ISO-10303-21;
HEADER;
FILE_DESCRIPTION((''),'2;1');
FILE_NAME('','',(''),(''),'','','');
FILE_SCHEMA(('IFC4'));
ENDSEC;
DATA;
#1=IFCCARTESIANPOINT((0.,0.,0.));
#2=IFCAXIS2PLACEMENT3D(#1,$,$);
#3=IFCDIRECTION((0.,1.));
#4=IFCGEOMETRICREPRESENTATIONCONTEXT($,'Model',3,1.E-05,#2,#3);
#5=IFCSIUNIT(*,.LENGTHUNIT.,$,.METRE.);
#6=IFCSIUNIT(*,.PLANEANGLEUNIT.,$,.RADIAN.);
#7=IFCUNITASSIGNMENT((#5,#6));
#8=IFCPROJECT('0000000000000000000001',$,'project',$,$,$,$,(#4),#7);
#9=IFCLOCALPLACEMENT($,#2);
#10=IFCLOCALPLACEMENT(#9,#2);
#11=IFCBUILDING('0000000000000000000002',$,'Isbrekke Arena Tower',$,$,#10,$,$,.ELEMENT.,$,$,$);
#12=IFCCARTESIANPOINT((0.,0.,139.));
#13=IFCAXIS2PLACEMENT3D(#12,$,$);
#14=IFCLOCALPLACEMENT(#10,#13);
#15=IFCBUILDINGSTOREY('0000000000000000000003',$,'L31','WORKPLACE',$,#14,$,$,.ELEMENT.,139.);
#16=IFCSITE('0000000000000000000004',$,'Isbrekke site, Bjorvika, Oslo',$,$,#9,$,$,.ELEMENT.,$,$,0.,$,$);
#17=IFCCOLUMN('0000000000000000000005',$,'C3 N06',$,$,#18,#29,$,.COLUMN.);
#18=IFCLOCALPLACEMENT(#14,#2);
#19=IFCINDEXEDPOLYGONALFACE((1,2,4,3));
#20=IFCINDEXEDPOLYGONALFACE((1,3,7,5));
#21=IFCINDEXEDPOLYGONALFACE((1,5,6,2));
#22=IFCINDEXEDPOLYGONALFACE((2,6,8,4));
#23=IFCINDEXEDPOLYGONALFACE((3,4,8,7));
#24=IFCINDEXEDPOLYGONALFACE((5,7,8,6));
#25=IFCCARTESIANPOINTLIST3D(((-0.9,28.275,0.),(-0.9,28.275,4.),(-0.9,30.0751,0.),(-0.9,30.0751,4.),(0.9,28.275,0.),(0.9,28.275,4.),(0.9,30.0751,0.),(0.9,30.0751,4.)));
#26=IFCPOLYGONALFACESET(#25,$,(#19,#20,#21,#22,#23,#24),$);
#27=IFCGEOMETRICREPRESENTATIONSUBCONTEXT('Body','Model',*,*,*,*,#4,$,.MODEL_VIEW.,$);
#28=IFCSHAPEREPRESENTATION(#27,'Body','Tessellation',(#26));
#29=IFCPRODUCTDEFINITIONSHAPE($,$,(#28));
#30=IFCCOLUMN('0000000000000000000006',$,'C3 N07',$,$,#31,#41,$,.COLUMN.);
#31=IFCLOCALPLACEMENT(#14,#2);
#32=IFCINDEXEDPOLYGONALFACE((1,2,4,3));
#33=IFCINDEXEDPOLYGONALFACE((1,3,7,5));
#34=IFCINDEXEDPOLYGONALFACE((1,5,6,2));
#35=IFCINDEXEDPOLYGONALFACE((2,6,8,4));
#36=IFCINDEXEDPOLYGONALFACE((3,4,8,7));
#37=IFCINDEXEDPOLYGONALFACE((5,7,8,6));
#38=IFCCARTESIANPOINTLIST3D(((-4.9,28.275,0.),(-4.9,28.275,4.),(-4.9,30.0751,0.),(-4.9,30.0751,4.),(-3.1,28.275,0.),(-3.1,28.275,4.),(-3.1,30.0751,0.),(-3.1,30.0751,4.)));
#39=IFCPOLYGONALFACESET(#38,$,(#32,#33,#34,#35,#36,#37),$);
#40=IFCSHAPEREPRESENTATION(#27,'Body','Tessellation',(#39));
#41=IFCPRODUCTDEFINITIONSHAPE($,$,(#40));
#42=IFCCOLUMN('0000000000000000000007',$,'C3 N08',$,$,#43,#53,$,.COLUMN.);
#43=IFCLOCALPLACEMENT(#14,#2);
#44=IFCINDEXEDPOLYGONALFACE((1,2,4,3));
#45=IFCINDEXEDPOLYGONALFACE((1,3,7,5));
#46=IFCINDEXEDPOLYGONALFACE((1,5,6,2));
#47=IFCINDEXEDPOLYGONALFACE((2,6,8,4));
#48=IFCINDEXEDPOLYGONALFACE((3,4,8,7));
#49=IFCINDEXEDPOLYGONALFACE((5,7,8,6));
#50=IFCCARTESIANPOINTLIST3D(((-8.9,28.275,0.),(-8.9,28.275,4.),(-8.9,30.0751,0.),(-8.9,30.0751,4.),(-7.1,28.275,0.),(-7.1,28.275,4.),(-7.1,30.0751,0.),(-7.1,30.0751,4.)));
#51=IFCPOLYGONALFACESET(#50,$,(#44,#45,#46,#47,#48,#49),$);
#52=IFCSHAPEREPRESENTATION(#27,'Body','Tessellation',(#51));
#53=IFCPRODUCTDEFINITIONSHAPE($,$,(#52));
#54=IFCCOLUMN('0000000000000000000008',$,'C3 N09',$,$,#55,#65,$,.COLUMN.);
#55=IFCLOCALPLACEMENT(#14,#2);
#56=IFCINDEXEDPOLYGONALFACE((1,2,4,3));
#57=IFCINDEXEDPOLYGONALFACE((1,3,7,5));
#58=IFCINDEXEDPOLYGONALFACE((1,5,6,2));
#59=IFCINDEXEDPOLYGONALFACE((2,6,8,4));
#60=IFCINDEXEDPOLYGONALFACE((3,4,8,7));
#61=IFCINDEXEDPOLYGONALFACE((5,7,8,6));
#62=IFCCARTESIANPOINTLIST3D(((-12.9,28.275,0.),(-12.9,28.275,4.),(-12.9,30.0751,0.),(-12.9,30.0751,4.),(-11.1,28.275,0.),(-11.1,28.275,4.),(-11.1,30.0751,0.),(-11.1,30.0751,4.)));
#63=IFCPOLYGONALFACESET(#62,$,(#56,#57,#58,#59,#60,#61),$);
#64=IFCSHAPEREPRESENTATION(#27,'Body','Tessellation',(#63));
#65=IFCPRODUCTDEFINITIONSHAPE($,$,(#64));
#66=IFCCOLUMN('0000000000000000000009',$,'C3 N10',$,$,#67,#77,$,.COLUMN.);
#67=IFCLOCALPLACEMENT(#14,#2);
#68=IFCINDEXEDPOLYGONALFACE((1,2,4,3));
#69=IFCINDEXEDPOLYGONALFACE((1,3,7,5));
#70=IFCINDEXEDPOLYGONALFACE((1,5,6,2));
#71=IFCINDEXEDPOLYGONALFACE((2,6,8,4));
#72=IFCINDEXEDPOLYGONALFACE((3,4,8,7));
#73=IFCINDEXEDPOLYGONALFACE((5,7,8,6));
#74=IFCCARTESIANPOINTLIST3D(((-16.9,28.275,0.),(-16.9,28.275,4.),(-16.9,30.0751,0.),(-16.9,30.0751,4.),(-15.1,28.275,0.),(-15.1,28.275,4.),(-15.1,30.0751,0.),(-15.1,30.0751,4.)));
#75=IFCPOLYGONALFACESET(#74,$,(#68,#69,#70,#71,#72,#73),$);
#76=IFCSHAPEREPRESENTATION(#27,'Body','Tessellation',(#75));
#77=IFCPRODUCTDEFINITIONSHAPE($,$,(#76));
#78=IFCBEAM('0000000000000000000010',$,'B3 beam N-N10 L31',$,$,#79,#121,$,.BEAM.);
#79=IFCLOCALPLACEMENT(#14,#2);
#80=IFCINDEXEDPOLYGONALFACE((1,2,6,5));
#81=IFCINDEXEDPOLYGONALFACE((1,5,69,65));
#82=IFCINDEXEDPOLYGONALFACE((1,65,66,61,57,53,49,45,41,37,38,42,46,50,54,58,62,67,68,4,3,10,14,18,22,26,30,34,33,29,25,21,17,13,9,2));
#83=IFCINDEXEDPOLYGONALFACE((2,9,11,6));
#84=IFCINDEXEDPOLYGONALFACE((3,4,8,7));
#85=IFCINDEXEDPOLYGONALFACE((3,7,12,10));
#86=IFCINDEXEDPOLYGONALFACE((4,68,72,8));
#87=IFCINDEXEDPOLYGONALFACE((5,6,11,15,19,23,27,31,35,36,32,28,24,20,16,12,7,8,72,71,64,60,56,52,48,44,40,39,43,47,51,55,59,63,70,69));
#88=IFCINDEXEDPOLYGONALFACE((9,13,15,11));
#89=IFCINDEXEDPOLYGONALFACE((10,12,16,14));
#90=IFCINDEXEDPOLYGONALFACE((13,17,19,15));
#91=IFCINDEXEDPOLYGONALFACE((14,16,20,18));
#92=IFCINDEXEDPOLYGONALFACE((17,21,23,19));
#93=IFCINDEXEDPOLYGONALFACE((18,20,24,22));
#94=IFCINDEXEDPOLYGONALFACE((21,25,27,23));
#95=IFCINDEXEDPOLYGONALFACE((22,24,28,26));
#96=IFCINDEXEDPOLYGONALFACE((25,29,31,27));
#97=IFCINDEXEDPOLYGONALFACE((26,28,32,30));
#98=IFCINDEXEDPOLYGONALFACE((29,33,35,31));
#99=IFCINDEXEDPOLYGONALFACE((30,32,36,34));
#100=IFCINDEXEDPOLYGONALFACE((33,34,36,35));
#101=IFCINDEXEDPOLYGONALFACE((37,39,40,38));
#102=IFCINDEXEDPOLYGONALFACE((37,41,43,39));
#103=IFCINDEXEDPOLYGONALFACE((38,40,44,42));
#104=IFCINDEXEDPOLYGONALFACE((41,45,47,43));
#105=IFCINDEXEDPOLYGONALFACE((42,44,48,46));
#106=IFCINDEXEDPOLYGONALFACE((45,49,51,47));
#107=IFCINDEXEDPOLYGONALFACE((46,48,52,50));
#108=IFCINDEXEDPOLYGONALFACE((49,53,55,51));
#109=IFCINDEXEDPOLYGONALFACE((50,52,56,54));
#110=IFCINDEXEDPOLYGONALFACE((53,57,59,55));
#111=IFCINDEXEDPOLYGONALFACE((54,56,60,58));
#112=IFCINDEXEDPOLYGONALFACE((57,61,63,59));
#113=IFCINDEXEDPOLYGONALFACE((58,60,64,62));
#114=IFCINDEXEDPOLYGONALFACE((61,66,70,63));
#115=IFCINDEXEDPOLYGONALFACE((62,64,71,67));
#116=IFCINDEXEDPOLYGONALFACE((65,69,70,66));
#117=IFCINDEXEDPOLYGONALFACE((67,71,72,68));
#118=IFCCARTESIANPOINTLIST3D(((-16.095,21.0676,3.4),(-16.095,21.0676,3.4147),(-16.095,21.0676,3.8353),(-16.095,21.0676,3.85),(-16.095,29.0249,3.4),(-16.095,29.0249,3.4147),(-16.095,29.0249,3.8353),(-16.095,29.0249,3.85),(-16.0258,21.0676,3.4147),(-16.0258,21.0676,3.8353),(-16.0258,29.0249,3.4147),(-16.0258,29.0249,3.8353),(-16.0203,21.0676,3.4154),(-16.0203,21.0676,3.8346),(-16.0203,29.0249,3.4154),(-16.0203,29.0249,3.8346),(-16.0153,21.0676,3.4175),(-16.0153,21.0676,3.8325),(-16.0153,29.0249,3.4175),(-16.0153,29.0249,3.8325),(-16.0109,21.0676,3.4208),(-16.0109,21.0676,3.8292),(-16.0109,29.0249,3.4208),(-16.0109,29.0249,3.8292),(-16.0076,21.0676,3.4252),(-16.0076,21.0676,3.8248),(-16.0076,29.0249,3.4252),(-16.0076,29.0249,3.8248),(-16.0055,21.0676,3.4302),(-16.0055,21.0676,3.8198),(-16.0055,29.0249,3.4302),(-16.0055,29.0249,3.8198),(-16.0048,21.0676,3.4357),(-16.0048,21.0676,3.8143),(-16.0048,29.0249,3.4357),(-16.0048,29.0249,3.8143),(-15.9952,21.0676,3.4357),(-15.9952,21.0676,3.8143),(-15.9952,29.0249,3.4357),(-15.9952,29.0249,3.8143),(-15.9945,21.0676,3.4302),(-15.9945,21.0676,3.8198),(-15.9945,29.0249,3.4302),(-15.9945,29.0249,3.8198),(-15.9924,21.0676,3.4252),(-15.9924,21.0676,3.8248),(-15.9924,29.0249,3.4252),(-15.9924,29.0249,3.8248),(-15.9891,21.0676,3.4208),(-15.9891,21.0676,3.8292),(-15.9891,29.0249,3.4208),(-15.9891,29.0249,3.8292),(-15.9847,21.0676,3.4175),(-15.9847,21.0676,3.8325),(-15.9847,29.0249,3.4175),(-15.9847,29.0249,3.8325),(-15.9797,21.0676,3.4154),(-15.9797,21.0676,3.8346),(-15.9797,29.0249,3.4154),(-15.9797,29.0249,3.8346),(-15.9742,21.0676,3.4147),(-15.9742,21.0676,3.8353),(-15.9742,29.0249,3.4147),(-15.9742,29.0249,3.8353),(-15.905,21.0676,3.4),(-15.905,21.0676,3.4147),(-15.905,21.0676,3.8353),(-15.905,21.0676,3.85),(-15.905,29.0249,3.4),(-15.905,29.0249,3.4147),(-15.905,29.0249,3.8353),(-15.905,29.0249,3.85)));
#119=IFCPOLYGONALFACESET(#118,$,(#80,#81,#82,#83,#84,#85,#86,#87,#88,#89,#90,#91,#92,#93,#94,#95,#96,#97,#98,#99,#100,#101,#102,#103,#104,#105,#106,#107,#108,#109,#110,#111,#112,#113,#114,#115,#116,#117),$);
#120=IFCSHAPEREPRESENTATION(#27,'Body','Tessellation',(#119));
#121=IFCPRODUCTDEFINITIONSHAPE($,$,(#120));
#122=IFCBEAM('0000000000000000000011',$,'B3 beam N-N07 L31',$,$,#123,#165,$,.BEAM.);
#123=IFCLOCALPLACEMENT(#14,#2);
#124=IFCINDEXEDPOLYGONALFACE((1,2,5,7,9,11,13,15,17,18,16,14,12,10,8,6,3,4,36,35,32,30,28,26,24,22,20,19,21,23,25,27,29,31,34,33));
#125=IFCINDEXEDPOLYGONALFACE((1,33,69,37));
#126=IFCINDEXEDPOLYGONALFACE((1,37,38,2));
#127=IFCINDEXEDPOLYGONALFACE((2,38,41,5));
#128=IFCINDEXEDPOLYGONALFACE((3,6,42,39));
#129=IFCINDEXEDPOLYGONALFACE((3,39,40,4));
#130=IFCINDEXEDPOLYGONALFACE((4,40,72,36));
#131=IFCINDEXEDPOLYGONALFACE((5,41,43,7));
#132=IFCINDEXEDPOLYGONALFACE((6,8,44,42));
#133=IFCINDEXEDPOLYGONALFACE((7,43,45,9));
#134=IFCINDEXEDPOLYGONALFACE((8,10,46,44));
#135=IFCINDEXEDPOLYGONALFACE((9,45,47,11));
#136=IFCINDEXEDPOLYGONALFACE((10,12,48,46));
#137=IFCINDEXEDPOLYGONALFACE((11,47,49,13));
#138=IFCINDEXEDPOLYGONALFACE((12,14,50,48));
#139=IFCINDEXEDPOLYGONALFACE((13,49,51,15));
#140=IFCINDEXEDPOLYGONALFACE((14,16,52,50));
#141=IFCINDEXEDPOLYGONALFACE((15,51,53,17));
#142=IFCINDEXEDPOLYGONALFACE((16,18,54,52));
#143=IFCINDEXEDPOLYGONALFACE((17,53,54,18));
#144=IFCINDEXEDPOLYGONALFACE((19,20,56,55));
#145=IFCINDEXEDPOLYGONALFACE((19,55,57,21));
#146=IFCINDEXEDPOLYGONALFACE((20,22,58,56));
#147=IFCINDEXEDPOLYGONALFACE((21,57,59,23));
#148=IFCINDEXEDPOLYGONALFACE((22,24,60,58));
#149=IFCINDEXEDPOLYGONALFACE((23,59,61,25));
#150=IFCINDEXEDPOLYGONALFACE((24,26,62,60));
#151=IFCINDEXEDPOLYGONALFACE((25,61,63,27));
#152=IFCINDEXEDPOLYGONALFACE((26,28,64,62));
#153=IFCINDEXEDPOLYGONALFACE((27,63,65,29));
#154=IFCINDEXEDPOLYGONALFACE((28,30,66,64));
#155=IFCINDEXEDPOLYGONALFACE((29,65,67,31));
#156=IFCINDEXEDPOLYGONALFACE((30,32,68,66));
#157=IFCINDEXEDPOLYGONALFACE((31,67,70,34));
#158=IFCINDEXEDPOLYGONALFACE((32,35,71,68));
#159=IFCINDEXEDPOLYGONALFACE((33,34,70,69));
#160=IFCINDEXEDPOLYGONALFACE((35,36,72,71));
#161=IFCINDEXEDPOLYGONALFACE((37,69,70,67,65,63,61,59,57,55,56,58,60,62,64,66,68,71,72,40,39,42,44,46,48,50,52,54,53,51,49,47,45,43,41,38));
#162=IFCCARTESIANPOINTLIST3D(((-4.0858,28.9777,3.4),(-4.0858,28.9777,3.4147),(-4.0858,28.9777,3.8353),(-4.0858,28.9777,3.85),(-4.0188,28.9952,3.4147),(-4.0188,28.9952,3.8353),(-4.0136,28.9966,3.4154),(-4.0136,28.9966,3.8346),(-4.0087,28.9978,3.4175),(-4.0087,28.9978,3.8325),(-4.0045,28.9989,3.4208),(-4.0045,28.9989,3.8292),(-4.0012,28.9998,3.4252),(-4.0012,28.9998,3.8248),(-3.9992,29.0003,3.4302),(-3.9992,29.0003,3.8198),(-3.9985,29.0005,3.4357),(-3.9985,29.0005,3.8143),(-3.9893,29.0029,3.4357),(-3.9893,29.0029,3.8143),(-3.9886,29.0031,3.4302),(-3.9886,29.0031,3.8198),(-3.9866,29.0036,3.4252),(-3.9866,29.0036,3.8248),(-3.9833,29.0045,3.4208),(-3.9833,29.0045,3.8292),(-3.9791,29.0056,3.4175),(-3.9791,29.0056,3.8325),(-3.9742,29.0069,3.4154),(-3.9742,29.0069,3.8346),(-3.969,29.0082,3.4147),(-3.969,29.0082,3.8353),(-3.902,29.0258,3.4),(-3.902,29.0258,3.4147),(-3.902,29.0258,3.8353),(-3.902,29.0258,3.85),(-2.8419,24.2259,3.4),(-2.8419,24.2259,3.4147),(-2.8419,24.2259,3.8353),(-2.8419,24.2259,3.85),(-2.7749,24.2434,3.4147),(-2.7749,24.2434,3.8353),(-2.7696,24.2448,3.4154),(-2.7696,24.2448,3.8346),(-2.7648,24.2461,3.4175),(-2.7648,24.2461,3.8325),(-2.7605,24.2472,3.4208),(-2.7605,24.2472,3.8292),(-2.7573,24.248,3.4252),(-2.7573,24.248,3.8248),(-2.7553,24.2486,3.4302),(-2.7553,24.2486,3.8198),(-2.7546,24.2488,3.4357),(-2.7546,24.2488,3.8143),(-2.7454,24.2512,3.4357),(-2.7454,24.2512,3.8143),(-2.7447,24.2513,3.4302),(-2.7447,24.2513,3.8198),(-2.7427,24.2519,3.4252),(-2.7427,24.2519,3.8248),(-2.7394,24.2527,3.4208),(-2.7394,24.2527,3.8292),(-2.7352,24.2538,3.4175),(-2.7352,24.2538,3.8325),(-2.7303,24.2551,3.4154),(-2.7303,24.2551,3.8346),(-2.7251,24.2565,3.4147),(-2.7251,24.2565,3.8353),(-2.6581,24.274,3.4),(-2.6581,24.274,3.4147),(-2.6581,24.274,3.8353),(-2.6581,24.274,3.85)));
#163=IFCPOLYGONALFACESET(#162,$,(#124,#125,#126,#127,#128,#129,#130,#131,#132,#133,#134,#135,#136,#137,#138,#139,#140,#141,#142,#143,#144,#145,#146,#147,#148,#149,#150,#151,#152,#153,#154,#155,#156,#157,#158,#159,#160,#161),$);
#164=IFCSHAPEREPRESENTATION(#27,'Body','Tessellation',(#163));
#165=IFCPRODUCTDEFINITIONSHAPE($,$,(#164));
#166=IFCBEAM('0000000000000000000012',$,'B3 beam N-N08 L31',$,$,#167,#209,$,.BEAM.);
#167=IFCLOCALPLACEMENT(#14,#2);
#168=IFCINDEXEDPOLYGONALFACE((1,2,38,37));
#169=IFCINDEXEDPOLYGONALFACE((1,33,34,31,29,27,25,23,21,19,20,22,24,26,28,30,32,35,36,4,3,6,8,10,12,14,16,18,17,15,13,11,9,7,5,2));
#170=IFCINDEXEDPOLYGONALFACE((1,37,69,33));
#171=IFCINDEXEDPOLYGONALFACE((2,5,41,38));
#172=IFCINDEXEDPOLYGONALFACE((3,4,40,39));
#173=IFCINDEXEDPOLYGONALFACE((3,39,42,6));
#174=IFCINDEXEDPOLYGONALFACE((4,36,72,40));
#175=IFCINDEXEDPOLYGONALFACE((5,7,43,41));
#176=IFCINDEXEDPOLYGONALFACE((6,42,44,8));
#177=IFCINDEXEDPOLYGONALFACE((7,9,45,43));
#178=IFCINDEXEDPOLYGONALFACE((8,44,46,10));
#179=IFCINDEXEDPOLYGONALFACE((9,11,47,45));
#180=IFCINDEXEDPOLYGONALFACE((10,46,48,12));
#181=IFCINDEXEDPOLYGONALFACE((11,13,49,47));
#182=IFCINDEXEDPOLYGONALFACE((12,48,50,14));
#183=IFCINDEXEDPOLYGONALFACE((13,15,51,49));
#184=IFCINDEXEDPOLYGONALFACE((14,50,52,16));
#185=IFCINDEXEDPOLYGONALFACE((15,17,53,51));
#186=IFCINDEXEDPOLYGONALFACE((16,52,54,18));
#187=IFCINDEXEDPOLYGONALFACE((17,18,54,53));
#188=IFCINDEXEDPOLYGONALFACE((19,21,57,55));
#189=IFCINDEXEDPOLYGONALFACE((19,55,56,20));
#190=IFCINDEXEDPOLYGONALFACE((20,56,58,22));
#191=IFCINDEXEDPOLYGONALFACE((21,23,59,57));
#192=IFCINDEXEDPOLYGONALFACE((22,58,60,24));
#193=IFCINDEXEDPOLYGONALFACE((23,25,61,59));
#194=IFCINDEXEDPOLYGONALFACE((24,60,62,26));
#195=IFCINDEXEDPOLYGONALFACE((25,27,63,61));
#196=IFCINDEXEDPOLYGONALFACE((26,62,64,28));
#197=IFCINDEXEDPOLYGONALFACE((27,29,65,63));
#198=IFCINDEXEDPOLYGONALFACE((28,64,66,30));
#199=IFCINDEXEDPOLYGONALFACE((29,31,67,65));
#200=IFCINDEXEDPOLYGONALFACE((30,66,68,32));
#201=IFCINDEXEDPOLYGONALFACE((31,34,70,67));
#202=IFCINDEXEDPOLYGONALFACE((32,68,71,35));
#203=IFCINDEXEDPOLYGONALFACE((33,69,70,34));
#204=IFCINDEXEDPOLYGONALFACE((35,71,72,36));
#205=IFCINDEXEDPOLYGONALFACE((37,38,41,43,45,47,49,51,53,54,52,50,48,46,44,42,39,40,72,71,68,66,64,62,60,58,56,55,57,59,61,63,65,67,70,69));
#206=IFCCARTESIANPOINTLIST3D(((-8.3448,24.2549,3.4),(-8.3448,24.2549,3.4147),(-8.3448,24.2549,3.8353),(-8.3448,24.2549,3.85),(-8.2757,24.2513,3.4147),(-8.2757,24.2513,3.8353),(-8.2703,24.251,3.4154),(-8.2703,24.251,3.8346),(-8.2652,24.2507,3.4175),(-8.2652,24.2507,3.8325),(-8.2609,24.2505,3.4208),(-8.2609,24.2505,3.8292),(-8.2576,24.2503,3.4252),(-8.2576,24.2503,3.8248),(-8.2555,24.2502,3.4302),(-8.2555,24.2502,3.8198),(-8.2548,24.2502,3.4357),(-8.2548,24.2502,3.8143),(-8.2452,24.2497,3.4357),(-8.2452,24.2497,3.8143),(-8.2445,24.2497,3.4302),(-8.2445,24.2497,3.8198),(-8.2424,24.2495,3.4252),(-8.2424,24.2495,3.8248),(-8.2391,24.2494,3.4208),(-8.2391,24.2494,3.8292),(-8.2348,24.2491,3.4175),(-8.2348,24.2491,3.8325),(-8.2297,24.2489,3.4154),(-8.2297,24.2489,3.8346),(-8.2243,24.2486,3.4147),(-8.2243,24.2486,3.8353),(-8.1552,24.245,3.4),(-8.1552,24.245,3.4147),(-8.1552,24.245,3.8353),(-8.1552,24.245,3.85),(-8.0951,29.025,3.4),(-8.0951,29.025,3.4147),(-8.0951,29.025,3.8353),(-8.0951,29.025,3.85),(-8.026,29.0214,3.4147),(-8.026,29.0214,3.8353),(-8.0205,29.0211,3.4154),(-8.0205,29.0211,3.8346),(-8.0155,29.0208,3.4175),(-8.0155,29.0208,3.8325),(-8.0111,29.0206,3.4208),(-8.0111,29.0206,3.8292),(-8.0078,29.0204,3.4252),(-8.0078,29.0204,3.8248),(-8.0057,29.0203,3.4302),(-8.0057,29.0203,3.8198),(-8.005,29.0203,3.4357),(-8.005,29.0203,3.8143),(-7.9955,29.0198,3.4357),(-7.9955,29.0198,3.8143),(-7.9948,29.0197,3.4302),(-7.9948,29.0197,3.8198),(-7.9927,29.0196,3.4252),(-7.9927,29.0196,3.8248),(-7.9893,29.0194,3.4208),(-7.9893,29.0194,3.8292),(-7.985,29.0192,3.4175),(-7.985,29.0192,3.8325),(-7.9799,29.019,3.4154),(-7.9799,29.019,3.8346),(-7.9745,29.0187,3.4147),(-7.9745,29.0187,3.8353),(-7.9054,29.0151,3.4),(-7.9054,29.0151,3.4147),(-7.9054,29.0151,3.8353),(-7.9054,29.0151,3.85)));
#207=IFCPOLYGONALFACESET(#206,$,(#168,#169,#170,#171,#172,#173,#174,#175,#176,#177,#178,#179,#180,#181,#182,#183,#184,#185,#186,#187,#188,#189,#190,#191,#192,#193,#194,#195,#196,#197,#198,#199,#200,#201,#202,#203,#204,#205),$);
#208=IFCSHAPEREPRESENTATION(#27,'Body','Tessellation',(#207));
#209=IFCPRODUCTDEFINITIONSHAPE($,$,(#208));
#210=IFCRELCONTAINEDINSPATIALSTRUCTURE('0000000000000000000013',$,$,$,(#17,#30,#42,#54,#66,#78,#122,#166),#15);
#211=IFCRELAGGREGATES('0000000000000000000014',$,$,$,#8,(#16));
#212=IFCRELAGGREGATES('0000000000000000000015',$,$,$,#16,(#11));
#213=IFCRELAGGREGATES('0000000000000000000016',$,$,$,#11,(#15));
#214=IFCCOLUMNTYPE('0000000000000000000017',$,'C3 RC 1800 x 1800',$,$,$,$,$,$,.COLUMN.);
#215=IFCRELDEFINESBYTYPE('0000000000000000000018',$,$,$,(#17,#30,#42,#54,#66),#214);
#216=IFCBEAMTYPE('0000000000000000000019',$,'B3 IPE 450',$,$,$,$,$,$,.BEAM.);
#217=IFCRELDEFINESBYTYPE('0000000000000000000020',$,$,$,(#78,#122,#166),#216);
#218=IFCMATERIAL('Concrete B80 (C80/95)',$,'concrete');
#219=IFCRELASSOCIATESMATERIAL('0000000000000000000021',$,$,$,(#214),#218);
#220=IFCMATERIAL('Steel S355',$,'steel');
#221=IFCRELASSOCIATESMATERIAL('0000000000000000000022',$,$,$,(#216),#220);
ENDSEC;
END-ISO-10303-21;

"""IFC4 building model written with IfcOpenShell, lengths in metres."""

from ifc_helpers import new_model, si_unit, direction, frame, origin, origin_2d, place, context, subcontext, project, spatial, rectangle, i_section, extrude, material, material_profile, profile_set, type_object, element, save


model = new_model("IFC4")

# Units and contexts
model_context = context("Model", 3, precision=1e-05, world=origin(), true_north=direction((0.0, 1.0)))
body_context = subcontext(model_context, "Body", "Model", "MODEL_VIEW")
ifc_project = project(units=[si_unit("LENGTHUNIT", "METRE"), si_unit("PLANEANGLEUNIT", "RADIAN")], contexts=[model_context])

# Site, building, storey
site_placement = place(None, origin())
site = spatial("IfcSite", under=ifc_project, at=site_placement, Name="Isbrekke site, Bjorvika, Oslo", CompositionType="ELEMENT", RefElevation=0.0)
building_placement = place(site_placement, origin())
building = spatial("IfcBuilding", under=site, at=building_placement, Name="Isbrekke Arena Tower", CompositionType="ELEMENT")
storey_placement = place(building_placement, frame((0.0, 0.0, 139.0)))
storey = spatial("IfcBuildingStorey", under=building, at=storey_placement, Name="L31", Description="WORKPLACE", CompositionType="ELEMENT", Elevation=139.0)

# Columns
ifc_material_1 = material(Name="Concrete B80 (C80/95)", Category="concrete")
ifc_material_profile_1 = material_profile(ifc_material_1, rectangle(XDim=1.8, YDim=1.8, at=origin_2d()), Name="RC 1800x1800")
ifc_profile_set_1 = profile_set([ifc_material_profile_1], Name="Concrete B80 (C80/95)")
column_type = type_object("IfcColumnType", Name="C3 RC 1800 x 1800", PredefinedType="COLUMN", material=ifc_profile_set_1)
for number, where, z_axis, x_axis, name in (
    (1, (0.0, 29.175, 0.0), (0.0, 0.0, 1.0), (-1.0, 0.0, 0.0), "C3 N06"),
    (2, (-4.0, 29.175, 0.0), (0.0, 0.0, 1.0), (-1.0, 0.0, 0.0), "C3 N07"),
    (3, (-8.0, 29.175, 0.0), (0.0, 0.0, 1.0), (-1.0, 0.0, 0.0), "C3 N08"),
    (4, (-12.0, 29.175, 0.0), (0.0, 0.0, 1.0), (-1.0, 0.0, 0.0), "C3 N09"),
    (5, (-16.0, 29.175, 0.0), (0.0, 0.0, 1.0), (-1.0, 0.0, 0.0), "C3 N10"),
):
    element("IfcColumn", number, at=place(storey_placement, frame(where, z_axis=z_axis, x_axis=x_axis)), inside=storey, type_object=column_type, Name=name, PredefinedType="COLUMN", context=body_context, shape_type="SweptSolid", body=[
        extrude(rectangle(XDim=1.8, YDim=1.8, at=origin_2d()), origin(), (0.0, 0.0, 1.0), 4.0),
    ])

# Beams
ifc_material_2 = material(Name="Steel S355", Category="steel")
ifc_material_profile_2 = material_profile(ifc_material_2, i_section(OverallWidth=0.1899, OverallDepth=0.45, WebThickness=0.0095, FlangeThickness=0.0146, FilletRadius=0.021, at=origin_2d()), Name="IPE 450")
ifc_profile_set_2 = profile_set([ifc_material_profile_2], Name="Steel S355")
beam_type_1 = type_object("IfcBeamType", Name="B3 IPE 450", PredefinedType="BEAM", material=ifc_profile_set_2)
beam_1_placement = place(storey_placement, frame((-16.0, 29.0249, 3.625), z_axis=(0.0, -1.0, 0.0), x_axis=(1.0, 0.0, 0.0)))
element("IfcBeam", 6, at=beam_1_placement, inside=storey, type_object=beam_type_1, Name="B3 beam N-N10 L31", PredefinedType="BEAM", context=body_context, shape_type="SweptSolid", body=[
    extrude(i_section(OverallWidth=0.1899, OverallDepth=0.45, WebThickness=0.0095, FlangeThickness=0.0146, FilletRadius=0.021, at=origin_2d()), origin(), (0.0, 0.0, 1.0), 7.9573),
])
beam_2_placement = place(storey_placement, frame((-3.9939, 29.0017, 3.625), z_axis=(0.253245, -0.967402, 0.0), x_axis=(0.967402, 0.253245, 0.0)))
element("IfcBeam", 7, at=beam_2_placement, inside=storey, type_object=beam_type_1, Name="B3 beam N-N07 L31", PredefinedType="BEAM", context=body_context, shape_type="SweptSolid", body=[
    extrude(i_section(OverallWidth=0.1899, OverallDepth=0.45, WebThickness=0.0095, FlangeThickness=0.0146, FilletRadius=0.021, at=origin_2d()), origin(), (0.0, 0.0, 1.0), 4.9119),
])
beam_3_placement = place(storey_placement, frame((-8.0002, 29.02, 3.625), z_axis=(-0.052288, -0.998632, 0.0), x_axis=(0.998632, -0.052288, 0.0)))
element("IfcBeam", 8, at=beam_3_placement, inside=storey, type_object=beam_type_1, Name="B3 beam N-N08 L31", PredefinedType="BEAM", context=body_context, shape_type="SweptSolid", body=[
    extrude(i_section(OverallWidth=0.1899, OverallDepth=0.45, WebThickness=0.0095, FlangeThickness=0.0146, FilletRadius=0.021, at=origin_2d()), origin(), (0.0, 0.0, 1.0), 4.7766),
])

save(model, "model.ifc")
